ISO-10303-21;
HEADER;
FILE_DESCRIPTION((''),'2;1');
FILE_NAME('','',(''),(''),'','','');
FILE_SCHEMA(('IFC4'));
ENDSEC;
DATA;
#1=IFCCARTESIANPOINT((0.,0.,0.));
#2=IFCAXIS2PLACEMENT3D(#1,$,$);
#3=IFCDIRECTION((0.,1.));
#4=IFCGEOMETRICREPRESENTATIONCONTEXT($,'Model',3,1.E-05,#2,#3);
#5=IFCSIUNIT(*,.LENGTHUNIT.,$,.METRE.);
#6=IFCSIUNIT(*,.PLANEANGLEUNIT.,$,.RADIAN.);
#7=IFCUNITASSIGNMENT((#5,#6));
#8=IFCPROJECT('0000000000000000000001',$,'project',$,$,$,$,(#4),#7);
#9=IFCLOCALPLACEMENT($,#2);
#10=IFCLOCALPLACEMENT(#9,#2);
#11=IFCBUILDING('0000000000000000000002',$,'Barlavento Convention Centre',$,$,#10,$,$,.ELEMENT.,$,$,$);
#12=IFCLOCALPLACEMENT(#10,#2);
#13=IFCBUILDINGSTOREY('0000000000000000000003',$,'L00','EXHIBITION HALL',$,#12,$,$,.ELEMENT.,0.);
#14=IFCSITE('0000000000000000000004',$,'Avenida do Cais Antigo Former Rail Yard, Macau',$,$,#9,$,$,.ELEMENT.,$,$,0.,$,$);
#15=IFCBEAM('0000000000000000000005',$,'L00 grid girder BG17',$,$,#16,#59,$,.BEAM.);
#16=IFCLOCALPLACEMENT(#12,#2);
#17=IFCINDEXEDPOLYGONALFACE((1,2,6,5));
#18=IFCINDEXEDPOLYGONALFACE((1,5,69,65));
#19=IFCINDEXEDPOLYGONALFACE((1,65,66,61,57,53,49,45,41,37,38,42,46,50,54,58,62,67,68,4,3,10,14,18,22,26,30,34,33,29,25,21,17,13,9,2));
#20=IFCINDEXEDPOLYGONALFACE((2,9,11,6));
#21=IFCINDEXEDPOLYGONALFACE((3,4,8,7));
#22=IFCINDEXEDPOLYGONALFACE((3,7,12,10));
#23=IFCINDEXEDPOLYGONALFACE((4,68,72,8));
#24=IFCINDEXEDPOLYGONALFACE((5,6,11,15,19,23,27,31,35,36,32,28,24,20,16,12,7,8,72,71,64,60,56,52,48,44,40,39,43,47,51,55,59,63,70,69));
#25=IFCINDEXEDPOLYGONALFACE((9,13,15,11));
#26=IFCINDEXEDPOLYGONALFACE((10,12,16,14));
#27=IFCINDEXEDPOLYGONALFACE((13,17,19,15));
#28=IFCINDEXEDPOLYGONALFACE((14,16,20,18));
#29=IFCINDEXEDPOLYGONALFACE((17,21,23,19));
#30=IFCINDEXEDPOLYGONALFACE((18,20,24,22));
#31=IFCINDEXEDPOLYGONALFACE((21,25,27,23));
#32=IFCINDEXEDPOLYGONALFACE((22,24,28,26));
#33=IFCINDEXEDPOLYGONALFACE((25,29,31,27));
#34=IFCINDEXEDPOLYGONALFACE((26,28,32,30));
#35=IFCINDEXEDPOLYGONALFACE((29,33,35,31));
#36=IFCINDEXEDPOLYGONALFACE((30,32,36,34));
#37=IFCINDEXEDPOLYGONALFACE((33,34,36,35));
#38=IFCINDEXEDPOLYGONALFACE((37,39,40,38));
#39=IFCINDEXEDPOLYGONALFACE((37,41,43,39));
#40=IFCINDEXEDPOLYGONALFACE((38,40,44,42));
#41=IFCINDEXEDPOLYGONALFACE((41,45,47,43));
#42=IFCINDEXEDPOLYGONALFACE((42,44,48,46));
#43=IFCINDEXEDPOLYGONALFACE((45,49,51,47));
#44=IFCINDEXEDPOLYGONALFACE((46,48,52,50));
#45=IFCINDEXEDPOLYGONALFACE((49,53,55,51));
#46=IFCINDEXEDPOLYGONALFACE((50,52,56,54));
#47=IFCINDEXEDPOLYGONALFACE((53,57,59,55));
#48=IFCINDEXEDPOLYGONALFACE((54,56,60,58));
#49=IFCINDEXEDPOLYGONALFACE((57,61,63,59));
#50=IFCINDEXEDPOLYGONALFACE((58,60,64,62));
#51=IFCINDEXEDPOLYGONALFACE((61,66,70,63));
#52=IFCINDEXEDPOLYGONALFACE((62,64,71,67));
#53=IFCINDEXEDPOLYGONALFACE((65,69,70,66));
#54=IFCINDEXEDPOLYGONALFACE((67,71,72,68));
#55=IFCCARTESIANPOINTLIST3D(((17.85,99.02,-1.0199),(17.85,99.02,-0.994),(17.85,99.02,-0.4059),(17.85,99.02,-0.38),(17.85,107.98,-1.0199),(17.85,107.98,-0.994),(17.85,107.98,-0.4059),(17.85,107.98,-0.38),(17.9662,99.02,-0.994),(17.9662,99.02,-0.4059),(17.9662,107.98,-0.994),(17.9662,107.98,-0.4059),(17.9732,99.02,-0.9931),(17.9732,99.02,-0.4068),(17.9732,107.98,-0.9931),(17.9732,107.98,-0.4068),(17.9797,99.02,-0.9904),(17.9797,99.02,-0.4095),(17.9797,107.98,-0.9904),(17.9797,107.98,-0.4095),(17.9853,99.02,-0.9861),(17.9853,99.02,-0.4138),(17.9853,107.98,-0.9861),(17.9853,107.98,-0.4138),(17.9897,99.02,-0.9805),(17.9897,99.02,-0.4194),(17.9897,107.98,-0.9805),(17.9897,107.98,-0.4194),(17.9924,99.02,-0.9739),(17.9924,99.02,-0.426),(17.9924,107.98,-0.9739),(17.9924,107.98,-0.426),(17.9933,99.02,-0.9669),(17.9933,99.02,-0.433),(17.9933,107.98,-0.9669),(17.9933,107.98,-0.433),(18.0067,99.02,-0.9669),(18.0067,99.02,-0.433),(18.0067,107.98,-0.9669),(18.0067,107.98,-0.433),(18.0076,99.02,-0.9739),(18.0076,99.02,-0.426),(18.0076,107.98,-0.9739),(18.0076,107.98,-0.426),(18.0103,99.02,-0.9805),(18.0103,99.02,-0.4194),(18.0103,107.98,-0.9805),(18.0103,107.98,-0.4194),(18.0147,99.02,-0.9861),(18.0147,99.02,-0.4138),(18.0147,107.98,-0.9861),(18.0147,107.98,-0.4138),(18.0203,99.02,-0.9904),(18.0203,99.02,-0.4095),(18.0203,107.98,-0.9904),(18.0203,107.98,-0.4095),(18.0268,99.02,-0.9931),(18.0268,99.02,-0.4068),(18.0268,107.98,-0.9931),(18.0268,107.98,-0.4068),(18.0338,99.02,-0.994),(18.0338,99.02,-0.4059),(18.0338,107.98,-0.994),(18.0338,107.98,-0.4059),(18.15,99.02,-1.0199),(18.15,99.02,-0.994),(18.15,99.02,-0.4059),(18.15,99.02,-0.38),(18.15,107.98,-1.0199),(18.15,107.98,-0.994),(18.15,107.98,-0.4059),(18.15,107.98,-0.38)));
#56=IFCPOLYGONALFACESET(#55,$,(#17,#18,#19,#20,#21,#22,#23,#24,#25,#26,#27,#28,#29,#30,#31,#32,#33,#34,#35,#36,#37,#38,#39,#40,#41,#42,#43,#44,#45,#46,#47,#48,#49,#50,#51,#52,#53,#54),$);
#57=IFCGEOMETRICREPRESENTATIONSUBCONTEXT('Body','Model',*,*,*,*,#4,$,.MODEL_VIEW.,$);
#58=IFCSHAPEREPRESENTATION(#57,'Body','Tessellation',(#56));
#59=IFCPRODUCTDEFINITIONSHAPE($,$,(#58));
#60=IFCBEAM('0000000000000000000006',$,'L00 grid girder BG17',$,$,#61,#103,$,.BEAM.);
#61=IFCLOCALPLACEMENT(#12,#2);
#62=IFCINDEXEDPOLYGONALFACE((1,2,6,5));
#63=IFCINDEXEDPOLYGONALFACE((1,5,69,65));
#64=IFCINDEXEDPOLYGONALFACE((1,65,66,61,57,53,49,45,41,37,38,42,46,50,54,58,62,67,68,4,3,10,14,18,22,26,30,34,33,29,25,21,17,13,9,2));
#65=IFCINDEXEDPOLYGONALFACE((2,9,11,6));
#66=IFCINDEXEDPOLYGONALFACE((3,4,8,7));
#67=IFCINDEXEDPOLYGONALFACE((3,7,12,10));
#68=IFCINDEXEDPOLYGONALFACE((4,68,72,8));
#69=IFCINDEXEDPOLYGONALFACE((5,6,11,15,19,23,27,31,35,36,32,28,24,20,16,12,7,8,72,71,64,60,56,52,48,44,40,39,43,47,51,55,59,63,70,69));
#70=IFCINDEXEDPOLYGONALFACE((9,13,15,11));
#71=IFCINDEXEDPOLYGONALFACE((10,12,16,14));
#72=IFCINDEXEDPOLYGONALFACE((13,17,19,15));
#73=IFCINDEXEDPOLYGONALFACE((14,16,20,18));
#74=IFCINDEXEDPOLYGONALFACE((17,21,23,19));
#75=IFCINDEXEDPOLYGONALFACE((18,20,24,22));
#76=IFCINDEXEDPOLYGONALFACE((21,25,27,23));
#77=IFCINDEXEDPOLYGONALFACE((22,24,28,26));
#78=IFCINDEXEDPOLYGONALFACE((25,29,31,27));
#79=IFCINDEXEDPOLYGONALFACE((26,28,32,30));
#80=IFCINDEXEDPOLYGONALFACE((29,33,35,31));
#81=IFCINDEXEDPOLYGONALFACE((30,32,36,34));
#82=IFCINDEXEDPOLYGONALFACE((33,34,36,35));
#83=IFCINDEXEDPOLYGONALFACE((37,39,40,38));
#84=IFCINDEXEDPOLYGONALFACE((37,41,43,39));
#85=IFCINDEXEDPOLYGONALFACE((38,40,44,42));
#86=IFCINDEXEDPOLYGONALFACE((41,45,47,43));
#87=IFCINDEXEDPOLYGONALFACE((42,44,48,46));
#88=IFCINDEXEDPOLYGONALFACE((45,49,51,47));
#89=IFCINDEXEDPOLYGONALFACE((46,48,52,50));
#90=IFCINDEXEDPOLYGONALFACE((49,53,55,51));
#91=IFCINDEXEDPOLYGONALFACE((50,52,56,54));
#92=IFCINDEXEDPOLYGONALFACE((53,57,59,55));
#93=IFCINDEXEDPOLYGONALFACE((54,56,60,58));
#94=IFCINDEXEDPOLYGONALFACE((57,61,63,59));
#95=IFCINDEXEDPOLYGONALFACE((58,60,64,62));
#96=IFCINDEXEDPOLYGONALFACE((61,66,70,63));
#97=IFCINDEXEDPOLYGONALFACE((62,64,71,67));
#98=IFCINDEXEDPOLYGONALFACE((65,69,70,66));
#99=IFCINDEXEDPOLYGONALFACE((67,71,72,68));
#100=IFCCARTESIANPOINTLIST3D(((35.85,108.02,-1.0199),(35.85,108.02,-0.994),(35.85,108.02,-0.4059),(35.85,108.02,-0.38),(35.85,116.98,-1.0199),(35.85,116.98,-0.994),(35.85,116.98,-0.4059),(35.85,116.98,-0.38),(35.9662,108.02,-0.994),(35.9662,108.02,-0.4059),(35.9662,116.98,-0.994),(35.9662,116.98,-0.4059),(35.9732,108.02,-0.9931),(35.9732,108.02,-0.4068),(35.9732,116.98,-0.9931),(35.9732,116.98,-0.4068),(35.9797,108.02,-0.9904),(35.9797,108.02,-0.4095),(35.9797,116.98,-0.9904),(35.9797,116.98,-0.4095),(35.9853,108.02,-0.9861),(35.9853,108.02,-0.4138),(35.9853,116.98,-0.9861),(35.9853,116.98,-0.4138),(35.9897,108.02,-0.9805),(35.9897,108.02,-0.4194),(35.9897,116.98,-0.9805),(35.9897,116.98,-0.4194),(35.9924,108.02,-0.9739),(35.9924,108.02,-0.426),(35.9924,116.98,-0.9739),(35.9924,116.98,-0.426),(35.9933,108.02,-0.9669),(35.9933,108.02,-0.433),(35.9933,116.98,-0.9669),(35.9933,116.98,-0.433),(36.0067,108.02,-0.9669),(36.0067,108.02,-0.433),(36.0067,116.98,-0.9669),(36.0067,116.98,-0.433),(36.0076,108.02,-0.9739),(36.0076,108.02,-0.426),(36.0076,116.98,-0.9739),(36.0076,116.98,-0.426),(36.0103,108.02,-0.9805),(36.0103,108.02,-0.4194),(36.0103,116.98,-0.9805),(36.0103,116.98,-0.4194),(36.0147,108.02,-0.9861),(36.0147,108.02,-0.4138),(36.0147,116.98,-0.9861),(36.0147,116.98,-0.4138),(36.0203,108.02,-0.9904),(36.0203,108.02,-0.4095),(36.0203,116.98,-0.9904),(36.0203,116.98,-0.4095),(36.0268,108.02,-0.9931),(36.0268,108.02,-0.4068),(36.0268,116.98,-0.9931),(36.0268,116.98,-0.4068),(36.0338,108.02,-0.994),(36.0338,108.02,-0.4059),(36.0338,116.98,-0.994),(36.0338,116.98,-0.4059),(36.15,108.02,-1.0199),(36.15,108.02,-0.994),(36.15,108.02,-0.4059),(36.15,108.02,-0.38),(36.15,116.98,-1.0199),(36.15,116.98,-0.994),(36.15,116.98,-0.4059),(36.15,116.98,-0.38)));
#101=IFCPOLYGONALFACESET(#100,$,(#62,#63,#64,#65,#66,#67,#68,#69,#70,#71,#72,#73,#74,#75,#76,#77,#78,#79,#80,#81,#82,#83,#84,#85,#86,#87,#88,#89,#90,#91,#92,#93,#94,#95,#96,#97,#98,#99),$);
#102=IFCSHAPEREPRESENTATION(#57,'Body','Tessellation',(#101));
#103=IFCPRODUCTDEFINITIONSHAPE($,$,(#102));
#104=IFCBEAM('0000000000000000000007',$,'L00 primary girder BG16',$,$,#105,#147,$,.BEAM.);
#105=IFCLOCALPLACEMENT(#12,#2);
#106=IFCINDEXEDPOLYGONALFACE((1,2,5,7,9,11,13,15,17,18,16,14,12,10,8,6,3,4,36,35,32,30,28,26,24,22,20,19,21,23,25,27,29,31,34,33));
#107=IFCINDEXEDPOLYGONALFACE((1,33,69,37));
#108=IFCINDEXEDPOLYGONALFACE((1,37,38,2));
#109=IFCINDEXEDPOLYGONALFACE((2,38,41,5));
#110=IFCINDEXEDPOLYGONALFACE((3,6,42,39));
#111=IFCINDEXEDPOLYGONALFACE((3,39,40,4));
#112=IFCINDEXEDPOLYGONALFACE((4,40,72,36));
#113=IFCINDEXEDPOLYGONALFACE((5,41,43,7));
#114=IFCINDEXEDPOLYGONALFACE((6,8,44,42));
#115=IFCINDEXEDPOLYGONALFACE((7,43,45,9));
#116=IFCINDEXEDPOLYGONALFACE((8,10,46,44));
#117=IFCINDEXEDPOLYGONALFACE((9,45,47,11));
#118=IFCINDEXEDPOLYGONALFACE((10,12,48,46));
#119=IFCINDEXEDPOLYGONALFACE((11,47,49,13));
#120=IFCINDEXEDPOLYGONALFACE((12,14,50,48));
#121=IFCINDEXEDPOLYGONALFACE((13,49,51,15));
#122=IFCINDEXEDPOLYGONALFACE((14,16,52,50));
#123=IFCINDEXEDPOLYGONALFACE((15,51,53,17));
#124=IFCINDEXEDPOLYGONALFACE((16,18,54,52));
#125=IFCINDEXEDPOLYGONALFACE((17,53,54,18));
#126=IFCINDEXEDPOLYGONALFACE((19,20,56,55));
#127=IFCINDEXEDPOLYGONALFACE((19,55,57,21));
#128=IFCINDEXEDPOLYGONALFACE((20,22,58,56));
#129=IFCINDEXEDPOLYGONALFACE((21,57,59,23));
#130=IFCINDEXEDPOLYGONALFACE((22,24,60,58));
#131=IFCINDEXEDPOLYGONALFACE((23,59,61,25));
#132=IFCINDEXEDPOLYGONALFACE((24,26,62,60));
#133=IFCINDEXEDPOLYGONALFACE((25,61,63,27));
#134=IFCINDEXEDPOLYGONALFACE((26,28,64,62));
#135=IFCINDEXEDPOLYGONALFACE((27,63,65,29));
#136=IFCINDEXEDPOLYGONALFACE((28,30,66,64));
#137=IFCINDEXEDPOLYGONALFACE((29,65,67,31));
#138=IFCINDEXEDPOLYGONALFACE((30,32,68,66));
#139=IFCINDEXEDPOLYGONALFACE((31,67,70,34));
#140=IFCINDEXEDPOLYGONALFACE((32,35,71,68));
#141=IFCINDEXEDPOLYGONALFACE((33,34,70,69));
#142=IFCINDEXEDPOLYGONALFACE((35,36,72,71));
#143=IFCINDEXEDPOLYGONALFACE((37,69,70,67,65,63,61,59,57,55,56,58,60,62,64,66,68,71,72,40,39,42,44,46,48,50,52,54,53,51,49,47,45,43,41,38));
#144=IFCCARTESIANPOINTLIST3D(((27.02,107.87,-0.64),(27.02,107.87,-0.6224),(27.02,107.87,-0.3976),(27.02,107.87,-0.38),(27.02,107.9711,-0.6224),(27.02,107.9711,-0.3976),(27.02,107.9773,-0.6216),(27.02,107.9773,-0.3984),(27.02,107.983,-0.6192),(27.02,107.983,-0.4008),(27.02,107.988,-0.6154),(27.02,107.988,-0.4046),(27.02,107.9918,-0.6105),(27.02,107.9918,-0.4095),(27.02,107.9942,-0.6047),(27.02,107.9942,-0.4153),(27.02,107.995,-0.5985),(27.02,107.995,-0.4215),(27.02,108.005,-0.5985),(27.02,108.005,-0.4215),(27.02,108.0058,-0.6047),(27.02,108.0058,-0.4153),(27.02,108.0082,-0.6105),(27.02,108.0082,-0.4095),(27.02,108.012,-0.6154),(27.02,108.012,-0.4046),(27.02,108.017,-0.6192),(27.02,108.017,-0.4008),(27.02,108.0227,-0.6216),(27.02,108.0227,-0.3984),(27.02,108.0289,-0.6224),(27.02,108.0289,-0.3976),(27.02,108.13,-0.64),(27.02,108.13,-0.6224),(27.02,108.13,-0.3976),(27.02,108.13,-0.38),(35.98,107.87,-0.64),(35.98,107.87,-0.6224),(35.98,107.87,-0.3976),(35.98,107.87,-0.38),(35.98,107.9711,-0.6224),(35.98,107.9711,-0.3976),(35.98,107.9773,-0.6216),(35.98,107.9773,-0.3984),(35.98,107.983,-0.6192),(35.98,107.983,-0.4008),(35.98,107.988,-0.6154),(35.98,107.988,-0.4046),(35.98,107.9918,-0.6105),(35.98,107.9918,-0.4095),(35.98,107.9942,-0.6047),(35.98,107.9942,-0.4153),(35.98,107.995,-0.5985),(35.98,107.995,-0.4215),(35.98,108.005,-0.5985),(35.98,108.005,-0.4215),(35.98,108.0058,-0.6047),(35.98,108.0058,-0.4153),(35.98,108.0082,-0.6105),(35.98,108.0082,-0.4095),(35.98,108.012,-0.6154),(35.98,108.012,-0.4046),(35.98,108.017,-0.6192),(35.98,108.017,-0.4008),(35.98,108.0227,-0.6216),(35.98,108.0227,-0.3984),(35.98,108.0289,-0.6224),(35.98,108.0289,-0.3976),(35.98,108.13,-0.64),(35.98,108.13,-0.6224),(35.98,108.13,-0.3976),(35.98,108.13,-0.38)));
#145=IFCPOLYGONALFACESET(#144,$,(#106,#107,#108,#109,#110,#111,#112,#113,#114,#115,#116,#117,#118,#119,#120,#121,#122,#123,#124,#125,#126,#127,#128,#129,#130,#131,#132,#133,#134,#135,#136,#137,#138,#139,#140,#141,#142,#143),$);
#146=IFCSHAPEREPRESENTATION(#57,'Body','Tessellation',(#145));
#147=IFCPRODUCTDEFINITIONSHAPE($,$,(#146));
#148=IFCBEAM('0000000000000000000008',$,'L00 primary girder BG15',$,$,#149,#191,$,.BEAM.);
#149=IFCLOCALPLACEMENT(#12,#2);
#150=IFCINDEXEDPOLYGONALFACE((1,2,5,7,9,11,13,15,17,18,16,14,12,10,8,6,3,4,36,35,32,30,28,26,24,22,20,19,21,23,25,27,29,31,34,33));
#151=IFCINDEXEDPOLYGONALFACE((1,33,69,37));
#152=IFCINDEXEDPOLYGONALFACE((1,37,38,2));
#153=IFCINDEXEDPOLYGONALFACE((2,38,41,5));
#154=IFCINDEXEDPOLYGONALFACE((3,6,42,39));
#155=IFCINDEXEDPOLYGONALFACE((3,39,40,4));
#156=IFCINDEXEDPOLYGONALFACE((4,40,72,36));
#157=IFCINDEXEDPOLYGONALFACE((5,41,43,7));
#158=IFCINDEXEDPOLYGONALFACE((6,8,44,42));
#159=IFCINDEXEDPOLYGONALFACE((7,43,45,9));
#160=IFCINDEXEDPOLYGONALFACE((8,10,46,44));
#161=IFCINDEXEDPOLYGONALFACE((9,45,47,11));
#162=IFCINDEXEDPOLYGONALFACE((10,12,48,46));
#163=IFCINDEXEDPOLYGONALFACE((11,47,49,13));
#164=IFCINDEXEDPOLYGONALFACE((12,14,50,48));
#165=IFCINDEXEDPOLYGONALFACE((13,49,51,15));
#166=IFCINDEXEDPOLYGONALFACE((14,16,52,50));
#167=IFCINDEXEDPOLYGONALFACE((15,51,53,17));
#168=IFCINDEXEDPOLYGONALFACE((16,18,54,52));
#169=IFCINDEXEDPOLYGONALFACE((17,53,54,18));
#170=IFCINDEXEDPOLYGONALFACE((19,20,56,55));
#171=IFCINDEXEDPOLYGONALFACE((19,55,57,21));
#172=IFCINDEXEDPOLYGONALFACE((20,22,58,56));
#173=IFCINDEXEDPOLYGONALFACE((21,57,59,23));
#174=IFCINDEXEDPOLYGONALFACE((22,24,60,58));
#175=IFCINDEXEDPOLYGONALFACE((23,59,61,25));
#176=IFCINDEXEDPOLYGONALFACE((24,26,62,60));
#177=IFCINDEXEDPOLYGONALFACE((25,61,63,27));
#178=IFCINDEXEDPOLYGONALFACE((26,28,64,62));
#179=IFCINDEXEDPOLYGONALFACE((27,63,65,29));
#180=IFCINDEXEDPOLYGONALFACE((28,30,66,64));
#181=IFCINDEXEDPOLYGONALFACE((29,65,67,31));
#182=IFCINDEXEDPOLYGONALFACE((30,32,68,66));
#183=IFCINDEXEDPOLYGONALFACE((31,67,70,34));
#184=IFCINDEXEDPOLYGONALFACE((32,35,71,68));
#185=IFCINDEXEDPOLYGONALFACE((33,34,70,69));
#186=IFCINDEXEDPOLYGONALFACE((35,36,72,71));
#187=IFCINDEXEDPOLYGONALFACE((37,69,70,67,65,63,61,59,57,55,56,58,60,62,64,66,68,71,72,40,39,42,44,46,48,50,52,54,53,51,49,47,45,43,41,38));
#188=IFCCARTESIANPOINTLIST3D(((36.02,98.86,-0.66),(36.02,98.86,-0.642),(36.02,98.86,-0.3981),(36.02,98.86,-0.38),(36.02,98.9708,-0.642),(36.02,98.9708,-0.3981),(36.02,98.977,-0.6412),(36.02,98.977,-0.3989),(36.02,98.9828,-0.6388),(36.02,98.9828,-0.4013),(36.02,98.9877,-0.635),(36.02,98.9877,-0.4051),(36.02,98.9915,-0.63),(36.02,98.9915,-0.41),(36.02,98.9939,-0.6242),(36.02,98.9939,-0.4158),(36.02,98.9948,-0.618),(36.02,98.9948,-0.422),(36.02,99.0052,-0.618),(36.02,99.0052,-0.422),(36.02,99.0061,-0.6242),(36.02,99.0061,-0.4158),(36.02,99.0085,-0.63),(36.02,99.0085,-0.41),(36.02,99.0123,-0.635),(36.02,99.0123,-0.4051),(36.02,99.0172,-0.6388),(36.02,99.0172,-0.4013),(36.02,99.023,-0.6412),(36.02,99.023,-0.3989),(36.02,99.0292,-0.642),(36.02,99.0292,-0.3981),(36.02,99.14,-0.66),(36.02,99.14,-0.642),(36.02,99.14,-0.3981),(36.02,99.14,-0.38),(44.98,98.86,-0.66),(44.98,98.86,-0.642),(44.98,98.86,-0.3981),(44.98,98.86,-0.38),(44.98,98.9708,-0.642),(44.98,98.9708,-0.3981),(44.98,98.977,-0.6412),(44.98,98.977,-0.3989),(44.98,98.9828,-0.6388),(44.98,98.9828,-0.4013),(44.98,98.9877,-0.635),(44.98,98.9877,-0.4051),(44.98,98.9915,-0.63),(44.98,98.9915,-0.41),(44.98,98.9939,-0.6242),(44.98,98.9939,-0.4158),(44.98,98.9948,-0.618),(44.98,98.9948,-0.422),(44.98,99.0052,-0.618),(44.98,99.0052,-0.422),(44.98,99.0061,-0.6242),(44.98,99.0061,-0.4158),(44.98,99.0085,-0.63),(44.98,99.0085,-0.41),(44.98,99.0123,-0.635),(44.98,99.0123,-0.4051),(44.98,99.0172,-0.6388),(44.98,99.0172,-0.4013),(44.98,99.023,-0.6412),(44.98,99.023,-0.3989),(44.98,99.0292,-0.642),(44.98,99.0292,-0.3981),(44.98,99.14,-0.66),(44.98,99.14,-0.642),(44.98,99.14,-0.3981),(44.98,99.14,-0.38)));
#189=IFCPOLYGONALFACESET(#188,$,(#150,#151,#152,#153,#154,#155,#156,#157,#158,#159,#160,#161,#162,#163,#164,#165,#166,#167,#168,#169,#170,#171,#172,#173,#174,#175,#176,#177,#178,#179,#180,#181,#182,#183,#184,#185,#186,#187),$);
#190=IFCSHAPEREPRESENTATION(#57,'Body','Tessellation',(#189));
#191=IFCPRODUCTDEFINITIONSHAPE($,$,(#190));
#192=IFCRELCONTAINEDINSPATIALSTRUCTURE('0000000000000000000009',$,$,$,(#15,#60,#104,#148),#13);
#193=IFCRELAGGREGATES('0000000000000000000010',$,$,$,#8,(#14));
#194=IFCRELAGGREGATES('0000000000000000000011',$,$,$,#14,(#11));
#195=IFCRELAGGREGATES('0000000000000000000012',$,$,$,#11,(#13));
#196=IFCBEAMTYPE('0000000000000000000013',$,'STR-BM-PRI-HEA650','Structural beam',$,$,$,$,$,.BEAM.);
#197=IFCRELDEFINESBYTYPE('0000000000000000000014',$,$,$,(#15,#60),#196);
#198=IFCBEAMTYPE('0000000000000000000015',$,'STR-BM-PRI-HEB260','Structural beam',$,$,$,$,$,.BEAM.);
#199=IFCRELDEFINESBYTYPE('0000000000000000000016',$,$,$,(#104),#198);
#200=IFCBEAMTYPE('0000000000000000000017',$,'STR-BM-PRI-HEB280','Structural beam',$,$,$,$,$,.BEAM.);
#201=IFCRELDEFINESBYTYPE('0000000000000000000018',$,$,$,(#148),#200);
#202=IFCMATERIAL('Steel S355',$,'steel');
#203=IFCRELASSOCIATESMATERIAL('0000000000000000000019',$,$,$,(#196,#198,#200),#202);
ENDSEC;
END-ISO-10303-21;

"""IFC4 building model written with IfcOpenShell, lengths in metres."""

from ifc_helpers import new_model, si_unit, direction, frame, origin, origin_2d, place, context, subcontext, project, spatial, i_section, extrude, material, material_profile, profile_set, type_object, element, save


model = new_model("IFC4")

# Units and contexts
model_context = context("Model", 3, precision=1e-05, world=origin(), true_north=direction((0.0, 1.0)))
body_context = subcontext(model_context, "Body", "Model", "MODEL_VIEW")
ifc_project = project(units=[si_unit("LENGTHUNIT", "METRE"), si_unit("PLANEANGLEUNIT", "RADIAN")], contexts=[model_context])

# Site, building, storey
site_placement = place(None, origin())
site = spatial("IfcSite", under=ifc_project, at=site_placement, Name="Avenida do Cais Antigo Former Rail Yard, Macau", CompositionType="ELEMENT", RefElevation=0.0)
building_placement = place(site_placement, origin())
building = spatial("IfcBuilding", under=site, at=building_placement, Name="Barlavento Convention Centre", CompositionType="ELEMENT")
storey_placement = place(building_placement, origin())
storey = spatial("IfcBuildingStorey", under=building, at=storey_placement, Name="L00", Description="EXHIBITION HALL", CompositionType="ELEMENT", Elevation=0.0)

# Beams
ifc_material_1 = material(Name="Steel S355", Category="steel")
ifc_material_profile_1 = material_profile(ifc_material_1, i_section(OverallWidth=0.3, OverallDepth=0.6399, WebThickness=0.0134, FlangeThickness=0.0259, FilletRadius=0.0271, at=origin_2d()), Name="HEA 650")
ifc_profile_set_1 = profile_set([ifc_material_profile_1], Name="Steel S355")
beam_type_1 = type_object("IfcBeamType", Name="STR-BM-PRI-HEA650", Description="Structural beam", PredefinedType="BEAM", material=ifc_profile_set_1)
for number, where, z_axis, x_axis, name in (
    (1, (18.0, 99.02, -0.7), (0.0, 1.0, 0.0), (-1.0, 0.0, 0.0), "L00 grid girder BG17"),
    (2, (36.0, 108.02, -0.7), (0.0, 1.0, 0.0), (-1.0, 0.0, 0.0), "L00 grid girder BG17"),
):
    element("IfcBeam", number, at=place(storey_placement, frame(where, z_axis=z_axis, x_axis=x_axis)), inside=storey, type_object=beam_type_1, Name=name, PredefinedType="BEAM", context=body_context, shape_type="SweptSolid", body=[
        extrude(i_section(OverallWidth=0.3, OverallDepth=0.6399, WebThickness=0.0134, FlangeThickness=0.0259, FilletRadius=0.0271, at=origin_2d()), origin(), (0.0, 0.0, 1.0), 8.96),
    ])
ifc_material_profile_2 = material_profile(ifc_material_1, i_section(OverallWidth=0.26, OverallDepth=0.26, WebThickness=0.01, FlangeThickness=0.0176, FilletRadius=0.0239, at=origin_2d()), Name="HEB 260")
ifc_profile_set_2 = profile_set([ifc_material_profile_2], Name="Steel S355")
beam_type_2 = type_object("IfcBeamType", Name="STR-BM-PRI-HEB260", Description="Structural beam", PredefinedType="BEAM", material=ifc_profile_set_2)
beam_1_placement = place(storey_placement, frame((27.02, 108.0, -0.51), z_axis=(1.0, 0.0, 0.0), x_axis=(0.0, 1.0, 0.0)))
element("IfcBeam", 3, at=beam_1_placement, inside=storey, type_object=beam_type_2, Name="L00 primary girder BG16", PredefinedType="BEAM", context=body_context, shape_type="SweptSolid", body=[
    extrude(i_section(OverallWidth=0.26, OverallDepth=0.26, WebThickness=0.01, FlangeThickness=0.0176, FilletRadius=0.0239, at=origin_2d()), origin(), (0.0, 0.0, 1.0), 8.96),
])
ifc_material_profile_3 = material_profile(ifc_material_1, i_section(OverallWidth=0.28, OverallDepth=0.28, WebThickness=0.0105, FlangeThickness=0.0181, FilletRadius=0.0239, at=origin_2d()), Name="HEB 280")
ifc_profile_set_3 = profile_set([ifc_material_profile_3], Name="Steel S355")
beam_type_3 = type_object("IfcBeamType", Name="STR-BM-PRI-HEB280", Description="Structural beam", PredefinedType="BEAM", material=ifc_profile_set_3)
for number, where, z_axis, x_axis, name in (
    (4, (36.02, 99.0, -0.52), (1.0, 0.0, 0.0), (0.0, 1.0, 0.0), "L00 primary girder BG15"),
):
    element("IfcBeam", number, at=place(storey_placement, frame(where, z_axis=z_axis, x_axis=x_axis)), inside=storey, type_object=beam_type_3, Name=name, PredefinedType="BEAM", context=body_context, shape_type="SweptSolid", body=[
        extrude(i_section(OverallWidth=0.28, OverallDepth=0.28, WebThickness=0.0105, FlangeThickness=0.0181, FilletRadius=0.0239, at=origin_2d()), origin(), (0.0, 0.0, 1.0), 8.96),
    ])

save(model, "model.ifc")
